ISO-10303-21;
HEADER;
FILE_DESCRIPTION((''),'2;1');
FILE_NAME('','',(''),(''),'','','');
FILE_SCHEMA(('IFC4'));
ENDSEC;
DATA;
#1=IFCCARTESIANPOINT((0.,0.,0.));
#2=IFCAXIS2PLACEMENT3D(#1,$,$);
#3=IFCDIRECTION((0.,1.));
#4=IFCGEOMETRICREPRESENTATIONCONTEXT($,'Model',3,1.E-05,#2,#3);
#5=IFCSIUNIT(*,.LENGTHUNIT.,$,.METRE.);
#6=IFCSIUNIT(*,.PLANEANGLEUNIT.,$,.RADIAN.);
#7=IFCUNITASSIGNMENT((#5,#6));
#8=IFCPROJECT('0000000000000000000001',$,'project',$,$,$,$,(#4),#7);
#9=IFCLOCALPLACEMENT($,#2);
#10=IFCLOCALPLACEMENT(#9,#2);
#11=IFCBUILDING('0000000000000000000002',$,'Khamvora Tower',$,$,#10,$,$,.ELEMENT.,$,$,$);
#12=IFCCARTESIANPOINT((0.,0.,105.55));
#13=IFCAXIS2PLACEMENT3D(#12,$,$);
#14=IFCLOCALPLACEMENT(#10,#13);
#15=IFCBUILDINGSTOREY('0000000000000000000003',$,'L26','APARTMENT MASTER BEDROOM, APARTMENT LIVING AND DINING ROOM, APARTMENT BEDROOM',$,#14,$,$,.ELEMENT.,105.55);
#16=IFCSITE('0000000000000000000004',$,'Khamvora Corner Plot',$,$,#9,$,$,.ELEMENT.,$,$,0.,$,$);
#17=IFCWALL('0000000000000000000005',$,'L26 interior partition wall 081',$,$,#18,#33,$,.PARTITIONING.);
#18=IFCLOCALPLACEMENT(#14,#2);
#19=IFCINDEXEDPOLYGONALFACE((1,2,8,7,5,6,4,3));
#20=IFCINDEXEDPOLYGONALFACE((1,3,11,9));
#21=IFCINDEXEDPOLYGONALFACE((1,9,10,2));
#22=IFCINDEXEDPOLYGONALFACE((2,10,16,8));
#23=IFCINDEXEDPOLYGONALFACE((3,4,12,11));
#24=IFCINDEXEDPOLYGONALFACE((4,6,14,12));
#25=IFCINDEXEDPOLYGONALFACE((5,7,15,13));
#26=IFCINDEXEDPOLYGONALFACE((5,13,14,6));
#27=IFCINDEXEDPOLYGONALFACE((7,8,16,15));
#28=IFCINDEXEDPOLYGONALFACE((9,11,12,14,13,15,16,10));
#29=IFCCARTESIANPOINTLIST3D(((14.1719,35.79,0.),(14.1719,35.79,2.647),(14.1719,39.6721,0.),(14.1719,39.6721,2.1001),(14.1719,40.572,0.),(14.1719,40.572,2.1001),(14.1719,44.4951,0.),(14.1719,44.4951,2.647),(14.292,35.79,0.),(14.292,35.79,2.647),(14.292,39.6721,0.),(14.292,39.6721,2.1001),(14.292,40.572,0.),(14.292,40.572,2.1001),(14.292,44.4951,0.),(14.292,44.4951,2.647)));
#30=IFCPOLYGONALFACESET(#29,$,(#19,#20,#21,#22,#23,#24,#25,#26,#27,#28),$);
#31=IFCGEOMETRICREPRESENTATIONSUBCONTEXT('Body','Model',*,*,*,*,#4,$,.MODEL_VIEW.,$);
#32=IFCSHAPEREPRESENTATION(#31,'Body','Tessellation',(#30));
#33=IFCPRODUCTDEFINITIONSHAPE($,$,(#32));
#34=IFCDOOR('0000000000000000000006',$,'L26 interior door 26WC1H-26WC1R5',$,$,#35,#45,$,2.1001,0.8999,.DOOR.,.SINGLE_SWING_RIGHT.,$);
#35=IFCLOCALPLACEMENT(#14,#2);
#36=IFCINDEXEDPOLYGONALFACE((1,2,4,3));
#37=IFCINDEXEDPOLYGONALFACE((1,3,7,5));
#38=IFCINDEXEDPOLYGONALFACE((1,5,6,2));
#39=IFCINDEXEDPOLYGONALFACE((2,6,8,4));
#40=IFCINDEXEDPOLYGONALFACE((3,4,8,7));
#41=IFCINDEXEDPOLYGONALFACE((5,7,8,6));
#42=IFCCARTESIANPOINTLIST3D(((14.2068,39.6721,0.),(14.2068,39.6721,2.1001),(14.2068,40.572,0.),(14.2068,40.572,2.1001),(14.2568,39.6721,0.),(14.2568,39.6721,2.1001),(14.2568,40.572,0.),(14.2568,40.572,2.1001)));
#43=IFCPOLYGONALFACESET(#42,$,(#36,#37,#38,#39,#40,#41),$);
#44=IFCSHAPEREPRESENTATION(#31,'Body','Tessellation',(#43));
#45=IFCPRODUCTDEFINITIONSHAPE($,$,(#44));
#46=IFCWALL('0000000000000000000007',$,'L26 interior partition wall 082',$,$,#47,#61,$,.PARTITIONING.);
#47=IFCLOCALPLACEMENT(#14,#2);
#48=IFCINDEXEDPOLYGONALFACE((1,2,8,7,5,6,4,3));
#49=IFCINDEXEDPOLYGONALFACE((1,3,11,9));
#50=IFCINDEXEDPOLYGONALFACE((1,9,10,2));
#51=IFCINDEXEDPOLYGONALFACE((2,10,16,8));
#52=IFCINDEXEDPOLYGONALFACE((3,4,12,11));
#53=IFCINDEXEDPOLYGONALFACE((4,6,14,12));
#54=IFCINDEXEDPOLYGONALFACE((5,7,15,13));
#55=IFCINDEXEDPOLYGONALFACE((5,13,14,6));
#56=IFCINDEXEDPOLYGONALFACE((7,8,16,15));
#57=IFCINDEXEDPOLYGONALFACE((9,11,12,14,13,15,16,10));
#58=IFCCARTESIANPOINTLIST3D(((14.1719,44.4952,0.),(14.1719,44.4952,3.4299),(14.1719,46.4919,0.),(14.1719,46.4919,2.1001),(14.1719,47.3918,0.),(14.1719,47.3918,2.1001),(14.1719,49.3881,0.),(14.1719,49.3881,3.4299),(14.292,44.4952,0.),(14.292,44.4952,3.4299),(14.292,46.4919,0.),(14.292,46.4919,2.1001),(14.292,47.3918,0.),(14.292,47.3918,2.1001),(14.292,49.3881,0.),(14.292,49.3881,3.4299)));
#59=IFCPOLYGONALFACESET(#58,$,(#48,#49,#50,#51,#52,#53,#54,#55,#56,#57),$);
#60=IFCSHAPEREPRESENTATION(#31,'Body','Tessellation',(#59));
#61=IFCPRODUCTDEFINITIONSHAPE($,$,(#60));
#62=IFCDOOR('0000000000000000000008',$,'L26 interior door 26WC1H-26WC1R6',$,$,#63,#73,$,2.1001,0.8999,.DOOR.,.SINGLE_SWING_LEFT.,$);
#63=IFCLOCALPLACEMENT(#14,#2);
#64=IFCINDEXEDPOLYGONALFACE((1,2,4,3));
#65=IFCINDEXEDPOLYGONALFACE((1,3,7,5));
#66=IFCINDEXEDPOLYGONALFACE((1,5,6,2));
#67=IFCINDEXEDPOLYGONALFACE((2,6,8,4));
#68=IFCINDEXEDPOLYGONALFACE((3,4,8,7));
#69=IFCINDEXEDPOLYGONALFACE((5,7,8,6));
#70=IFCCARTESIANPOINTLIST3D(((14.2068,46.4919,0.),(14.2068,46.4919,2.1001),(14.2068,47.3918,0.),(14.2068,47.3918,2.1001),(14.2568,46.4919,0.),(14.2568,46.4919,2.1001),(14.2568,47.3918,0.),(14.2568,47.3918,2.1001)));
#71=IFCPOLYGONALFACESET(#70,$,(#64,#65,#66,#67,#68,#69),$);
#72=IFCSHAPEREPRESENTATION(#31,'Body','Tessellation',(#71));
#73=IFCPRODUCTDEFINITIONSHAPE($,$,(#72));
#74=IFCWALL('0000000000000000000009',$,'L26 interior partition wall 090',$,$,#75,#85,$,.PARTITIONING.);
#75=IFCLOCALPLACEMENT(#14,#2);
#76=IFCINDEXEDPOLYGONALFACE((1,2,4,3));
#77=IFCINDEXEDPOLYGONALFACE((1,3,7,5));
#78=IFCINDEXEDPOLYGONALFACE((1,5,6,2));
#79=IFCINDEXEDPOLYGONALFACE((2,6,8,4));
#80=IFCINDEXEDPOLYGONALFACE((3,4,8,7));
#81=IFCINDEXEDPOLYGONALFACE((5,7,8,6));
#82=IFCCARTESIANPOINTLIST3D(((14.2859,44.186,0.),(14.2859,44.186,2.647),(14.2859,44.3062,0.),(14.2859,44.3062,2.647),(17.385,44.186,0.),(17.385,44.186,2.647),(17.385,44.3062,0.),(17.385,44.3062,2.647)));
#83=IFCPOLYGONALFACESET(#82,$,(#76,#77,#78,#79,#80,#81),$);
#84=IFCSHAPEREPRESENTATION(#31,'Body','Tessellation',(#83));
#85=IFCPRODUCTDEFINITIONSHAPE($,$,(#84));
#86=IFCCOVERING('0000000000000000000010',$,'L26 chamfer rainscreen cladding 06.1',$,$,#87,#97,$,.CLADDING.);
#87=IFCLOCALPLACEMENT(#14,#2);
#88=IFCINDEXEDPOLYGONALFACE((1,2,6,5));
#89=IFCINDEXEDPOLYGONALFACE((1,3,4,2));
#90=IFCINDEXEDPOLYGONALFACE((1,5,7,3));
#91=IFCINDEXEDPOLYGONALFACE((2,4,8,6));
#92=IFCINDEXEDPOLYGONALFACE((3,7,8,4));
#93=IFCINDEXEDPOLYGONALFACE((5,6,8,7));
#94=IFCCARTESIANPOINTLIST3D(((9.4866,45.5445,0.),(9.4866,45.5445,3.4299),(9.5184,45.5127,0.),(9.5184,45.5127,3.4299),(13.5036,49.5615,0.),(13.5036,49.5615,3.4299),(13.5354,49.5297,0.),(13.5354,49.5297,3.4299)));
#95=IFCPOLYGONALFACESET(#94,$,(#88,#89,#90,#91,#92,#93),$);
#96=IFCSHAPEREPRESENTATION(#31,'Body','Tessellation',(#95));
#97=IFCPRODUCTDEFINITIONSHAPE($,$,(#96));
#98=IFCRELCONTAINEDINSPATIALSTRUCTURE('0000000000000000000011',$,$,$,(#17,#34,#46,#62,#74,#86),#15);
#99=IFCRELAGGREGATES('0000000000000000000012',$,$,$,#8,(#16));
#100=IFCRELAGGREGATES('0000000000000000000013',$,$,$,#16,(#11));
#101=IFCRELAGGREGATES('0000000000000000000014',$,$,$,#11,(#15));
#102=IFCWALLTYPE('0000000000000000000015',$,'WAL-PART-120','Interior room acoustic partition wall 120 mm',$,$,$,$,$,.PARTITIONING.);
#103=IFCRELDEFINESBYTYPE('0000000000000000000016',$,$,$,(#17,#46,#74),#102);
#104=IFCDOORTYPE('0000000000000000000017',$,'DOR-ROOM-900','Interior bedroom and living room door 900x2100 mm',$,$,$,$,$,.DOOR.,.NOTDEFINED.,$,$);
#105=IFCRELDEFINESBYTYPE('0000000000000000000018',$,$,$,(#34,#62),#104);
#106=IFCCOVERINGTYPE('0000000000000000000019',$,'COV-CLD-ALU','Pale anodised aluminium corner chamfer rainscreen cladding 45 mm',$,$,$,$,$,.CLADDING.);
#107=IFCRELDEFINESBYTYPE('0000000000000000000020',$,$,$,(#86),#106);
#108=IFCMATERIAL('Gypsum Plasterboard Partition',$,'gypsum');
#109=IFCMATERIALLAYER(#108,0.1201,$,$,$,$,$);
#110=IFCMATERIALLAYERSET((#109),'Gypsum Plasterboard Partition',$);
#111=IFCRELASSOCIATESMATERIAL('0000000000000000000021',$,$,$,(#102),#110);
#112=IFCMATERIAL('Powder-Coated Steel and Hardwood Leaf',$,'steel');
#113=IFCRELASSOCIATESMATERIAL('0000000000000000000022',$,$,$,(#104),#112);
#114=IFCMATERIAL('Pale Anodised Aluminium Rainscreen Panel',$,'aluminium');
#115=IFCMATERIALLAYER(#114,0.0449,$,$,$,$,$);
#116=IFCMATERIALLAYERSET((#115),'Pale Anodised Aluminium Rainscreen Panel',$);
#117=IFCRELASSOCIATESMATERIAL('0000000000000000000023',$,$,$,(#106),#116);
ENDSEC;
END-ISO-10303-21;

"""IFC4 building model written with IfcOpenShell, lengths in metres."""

from ifc_helpers import new_model, si_unit, direction, frame, frame_2d, origin, origin_2d, place, context, subcontext, project, spatial, rectangle, extrude, material, layer, layer_set, type_object, element, fill, save


model = new_model("IFC4")

# Units and contexts
model_context = context("Model", 3, precision=1e-05, world=origin(), true_north=direction((0.0, 1.0)))
body_context = subcontext(model_context, "Body", "Model", "MODEL_VIEW")
ifc_project = project(units=[si_unit("LENGTHUNIT", "METRE"), si_unit("PLANEANGLEUNIT", "RADIAN")], contexts=[model_context])

# Site, building, storey
site_placement = place(None, origin())
site = spatial("IfcSite", under=ifc_project, at=site_placement, Name="Khamvora Corner Plot", CompositionType="ELEMENT", RefElevation=0.0)
building_placement = place(site_placement, origin())
building = spatial("IfcBuilding", under=site, at=building_placement, Name="Khamvora Tower", CompositionType="ELEMENT")
storey_placement = place(building_placement, frame((0.0, 0.0, 105.55)))
storey = spatial("IfcBuildingStorey", under=building, at=storey_placement, Name="L26", Description="APARTMENT MASTER BEDROOM, APARTMENT LIVING AND DINING ROOM, APARTMENT BEDROOM", CompositionType="ELEMENT", Elevation=105.55)

# Walls, openings, doors
ifc_material_1 = material(Name="Gypsum Plasterboard Partition", Category="gypsum")
ifc_layer_1 = layer(ifc_material_1, 0.1201)
ifc_layer_set_1 = layer_set([ifc_layer_1], Name="Gypsum Plasterboard Partition")
wall_type_1 = type_object("IfcWallType", Name="WAL-PART-120", Description="Interior room acoustic partition wall 120 mm", PredefinedType="PARTITIONING", material=ifc_layer_set_1)
wall_1_placement = place(storey_placement, frame((14.2319, 44.4951, 0.0), z_axis=(0.0, 0.0, 1.0), x_axis=(0.0, -1.0, 0.0)))
wall_1 = element("IfcWall", 1, at=wall_1_placement, inside=storey, type_object=wall_type_1, Name="L26 interior partition wall 081", PredefinedType="PARTITIONING", context=body_context, shape_type="SweptSolid", body=[
    extrude(rectangle(XDim=8.7051, YDim=0.1201, at=frame_2d((4.3525, 0.0))), origin(), (0.0, 0.0, 1.0), 2.647),
])
opening_1_placement = place(wall_1_placement, frame((3.9231, 0.0, 0.0)))
opening_1 = element("IfcOpeningElement", 2, at=opening_1_placement, cuts=wall_1, PredefinedType="OPENING", context=body_context, shape_type="SweptSolid", body=[
    extrude(rectangle(XDim=0.8999, YDim=2.1001, at=frame_2d((0.45, 1.05))), frame((0.0, 0.0701, 0.0), z_axis=(0.0, -1.0, 0.0), x_axis=(1.0, 0.0, 0.0)), (0.0, 0.0, 1.0), 0.1401),
])
ifc_material_2 = material(Name="Powder-Coated Steel and Hardwood Leaf", Category="steel")
door_type = type_object("IfcDoorType", Name="DOR-ROOM-900", Description="Interior bedroom and living room door 900x2100 mm", OperationType="NOTDEFINED", PredefinedType="DOOR", material=ifc_material_2)
door_1_placement = place(opening_1_placement, origin())
door_1 = element("IfcDoor", 3, at=door_1_placement, inside=storey, type_object=door_type, Name="L26 interior door 26WC1H-26WC1R5", OperationType="SINGLE_SWING_RIGHT", OverallHeight=2.1001, OverallWidth=0.8999, PredefinedType="DOOR", context=body_context, shape_type="SweptSolid", body=[
    extrude(rectangle(XDim=0.8999, YDim=2.1001, at=frame_2d((0.45, 1.05))), frame((0.0, 0.0249, 0.0), z_axis=(0.0, -1.0, 0.0), x_axis=(1.0, 0.0, 0.0)), (0.0, 0.0, 1.0), 0.05),
])
fill(opening_1, door_1)
wall_2_placement = place(storey_placement, frame((14.2319, 49.3879, 0.0), z_axis=(0.0, 0.0, 1.0), x_axis=(0.0, -1.0, 0.0)))
wall_2 = element("IfcWall", 4, at=wall_2_placement, inside=storey, type_object=wall_type_1, Name="L26 interior partition wall 082", PredefinedType="PARTITIONING", context=body_context, shape_type="SweptSolid", body=[
    extrude(rectangle(XDim=4.8928, YDim=0.1201, at=frame_2d((2.4463, 0.0))), origin(), (0.0, 0.0, 1.0), 3.4299),
])
opening_2_placement = place(wall_2_placement, frame((1.9961, 0.0, 0.0)))
opening_2 = element("IfcOpeningElement", 5, at=opening_2_placement, cuts=wall_2, PredefinedType="OPENING", context=body_context, shape_type="SweptSolid", body=[
    extrude(rectangle(XDim=0.8999, YDim=2.1001, at=frame_2d((0.45, 1.05))), frame((0.0, 0.0701, 0.0), z_axis=(0.0, -1.0, 0.0), x_axis=(1.0, 0.0, 0.0)), (0.0, 0.0, 1.0), 0.1401),
])
door_2_placement = place(opening_2_placement, origin())
door_2 = element("IfcDoor", 6, at=door_2_placement, inside=storey, type_object=door_type, Name="L26 interior door 26WC1H-26WC1R6", OperationType="SINGLE_SWING_LEFT", OverallHeight=2.1001, OverallWidth=0.8999, PredefinedType="DOOR", context=body_context, shape_type="SweptSolid", body=[
    extrude(rectangle(XDim=0.8999, YDim=2.1001, at=frame_2d((0.45, 1.05))), frame((0.0, 0.0249, 0.0), z_axis=(0.0, -1.0, 0.0), x_axis=(1.0, 0.0, 0.0)), (0.0, 0.0, 1.0), 0.05),
])
fill(opening_2, door_2)

# Wall
wall_3_placement = place(storey_placement, frame((14.2859, 44.2461, 0.0), z_axis=(0.0, 0.0, 1.0), x_axis=(1.0, 0.0, 0.0)))
element("IfcWall", 7, at=wall_3_placement, inside=storey, type_object=wall_type_1, Name="L26 interior partition wall 090", PredefinedType="PARTITIONING", context=body_context, shape_type="SweptSolid", body=[
    extrude(rectangle(XDim=3.0991, YDim=0.1201, at=frame_2d((1.5496, 0.0))), origin(), (0.0, 0.0, 1.0), 2.647),
])

# Covering
ifc_material_3 = material(Name="Pale Anodised Aluminium Rainscreen Panel", Category="aluminium")
ifc_layer_2 = layer(ifc_material_3, 0.0449)
ifc_layer_set_2 = layer_set([ifc_layer_2], Name="Pale Anodised Aluminium Rainscreen Panel")
covering_type = type_object("IfcCoveringType", Name="COV-CLD-ALU", Description="Pale anodised aluminium corner chamfer rainscreen cladding 45 mm", PredefinedType="CLADDING", material=ifc_layer_set_2)
covering_placement = place(storey_placement, frame((11.511, 47.5371, 0.0), z_axis=(0.0, 0.0, 1.0), x_axis=(0.707107, 0.707107, 0.0)))
element("IfcCovering", 8, at=covering_placement, inside=storey, type_object=covering_type, Name="L26 chamfer rainscreen cladding 06.1", PredefinedType="CLADDING", context=body_context, shape_type="SweptSolid", body=[
    extrude(rectangle(XDim=5.6809, YDim=0.0449, at=origin_2d()), origin(), (0.0, 0.0, 1.0), 3.4299),
])

save(model, "model.ifc")
